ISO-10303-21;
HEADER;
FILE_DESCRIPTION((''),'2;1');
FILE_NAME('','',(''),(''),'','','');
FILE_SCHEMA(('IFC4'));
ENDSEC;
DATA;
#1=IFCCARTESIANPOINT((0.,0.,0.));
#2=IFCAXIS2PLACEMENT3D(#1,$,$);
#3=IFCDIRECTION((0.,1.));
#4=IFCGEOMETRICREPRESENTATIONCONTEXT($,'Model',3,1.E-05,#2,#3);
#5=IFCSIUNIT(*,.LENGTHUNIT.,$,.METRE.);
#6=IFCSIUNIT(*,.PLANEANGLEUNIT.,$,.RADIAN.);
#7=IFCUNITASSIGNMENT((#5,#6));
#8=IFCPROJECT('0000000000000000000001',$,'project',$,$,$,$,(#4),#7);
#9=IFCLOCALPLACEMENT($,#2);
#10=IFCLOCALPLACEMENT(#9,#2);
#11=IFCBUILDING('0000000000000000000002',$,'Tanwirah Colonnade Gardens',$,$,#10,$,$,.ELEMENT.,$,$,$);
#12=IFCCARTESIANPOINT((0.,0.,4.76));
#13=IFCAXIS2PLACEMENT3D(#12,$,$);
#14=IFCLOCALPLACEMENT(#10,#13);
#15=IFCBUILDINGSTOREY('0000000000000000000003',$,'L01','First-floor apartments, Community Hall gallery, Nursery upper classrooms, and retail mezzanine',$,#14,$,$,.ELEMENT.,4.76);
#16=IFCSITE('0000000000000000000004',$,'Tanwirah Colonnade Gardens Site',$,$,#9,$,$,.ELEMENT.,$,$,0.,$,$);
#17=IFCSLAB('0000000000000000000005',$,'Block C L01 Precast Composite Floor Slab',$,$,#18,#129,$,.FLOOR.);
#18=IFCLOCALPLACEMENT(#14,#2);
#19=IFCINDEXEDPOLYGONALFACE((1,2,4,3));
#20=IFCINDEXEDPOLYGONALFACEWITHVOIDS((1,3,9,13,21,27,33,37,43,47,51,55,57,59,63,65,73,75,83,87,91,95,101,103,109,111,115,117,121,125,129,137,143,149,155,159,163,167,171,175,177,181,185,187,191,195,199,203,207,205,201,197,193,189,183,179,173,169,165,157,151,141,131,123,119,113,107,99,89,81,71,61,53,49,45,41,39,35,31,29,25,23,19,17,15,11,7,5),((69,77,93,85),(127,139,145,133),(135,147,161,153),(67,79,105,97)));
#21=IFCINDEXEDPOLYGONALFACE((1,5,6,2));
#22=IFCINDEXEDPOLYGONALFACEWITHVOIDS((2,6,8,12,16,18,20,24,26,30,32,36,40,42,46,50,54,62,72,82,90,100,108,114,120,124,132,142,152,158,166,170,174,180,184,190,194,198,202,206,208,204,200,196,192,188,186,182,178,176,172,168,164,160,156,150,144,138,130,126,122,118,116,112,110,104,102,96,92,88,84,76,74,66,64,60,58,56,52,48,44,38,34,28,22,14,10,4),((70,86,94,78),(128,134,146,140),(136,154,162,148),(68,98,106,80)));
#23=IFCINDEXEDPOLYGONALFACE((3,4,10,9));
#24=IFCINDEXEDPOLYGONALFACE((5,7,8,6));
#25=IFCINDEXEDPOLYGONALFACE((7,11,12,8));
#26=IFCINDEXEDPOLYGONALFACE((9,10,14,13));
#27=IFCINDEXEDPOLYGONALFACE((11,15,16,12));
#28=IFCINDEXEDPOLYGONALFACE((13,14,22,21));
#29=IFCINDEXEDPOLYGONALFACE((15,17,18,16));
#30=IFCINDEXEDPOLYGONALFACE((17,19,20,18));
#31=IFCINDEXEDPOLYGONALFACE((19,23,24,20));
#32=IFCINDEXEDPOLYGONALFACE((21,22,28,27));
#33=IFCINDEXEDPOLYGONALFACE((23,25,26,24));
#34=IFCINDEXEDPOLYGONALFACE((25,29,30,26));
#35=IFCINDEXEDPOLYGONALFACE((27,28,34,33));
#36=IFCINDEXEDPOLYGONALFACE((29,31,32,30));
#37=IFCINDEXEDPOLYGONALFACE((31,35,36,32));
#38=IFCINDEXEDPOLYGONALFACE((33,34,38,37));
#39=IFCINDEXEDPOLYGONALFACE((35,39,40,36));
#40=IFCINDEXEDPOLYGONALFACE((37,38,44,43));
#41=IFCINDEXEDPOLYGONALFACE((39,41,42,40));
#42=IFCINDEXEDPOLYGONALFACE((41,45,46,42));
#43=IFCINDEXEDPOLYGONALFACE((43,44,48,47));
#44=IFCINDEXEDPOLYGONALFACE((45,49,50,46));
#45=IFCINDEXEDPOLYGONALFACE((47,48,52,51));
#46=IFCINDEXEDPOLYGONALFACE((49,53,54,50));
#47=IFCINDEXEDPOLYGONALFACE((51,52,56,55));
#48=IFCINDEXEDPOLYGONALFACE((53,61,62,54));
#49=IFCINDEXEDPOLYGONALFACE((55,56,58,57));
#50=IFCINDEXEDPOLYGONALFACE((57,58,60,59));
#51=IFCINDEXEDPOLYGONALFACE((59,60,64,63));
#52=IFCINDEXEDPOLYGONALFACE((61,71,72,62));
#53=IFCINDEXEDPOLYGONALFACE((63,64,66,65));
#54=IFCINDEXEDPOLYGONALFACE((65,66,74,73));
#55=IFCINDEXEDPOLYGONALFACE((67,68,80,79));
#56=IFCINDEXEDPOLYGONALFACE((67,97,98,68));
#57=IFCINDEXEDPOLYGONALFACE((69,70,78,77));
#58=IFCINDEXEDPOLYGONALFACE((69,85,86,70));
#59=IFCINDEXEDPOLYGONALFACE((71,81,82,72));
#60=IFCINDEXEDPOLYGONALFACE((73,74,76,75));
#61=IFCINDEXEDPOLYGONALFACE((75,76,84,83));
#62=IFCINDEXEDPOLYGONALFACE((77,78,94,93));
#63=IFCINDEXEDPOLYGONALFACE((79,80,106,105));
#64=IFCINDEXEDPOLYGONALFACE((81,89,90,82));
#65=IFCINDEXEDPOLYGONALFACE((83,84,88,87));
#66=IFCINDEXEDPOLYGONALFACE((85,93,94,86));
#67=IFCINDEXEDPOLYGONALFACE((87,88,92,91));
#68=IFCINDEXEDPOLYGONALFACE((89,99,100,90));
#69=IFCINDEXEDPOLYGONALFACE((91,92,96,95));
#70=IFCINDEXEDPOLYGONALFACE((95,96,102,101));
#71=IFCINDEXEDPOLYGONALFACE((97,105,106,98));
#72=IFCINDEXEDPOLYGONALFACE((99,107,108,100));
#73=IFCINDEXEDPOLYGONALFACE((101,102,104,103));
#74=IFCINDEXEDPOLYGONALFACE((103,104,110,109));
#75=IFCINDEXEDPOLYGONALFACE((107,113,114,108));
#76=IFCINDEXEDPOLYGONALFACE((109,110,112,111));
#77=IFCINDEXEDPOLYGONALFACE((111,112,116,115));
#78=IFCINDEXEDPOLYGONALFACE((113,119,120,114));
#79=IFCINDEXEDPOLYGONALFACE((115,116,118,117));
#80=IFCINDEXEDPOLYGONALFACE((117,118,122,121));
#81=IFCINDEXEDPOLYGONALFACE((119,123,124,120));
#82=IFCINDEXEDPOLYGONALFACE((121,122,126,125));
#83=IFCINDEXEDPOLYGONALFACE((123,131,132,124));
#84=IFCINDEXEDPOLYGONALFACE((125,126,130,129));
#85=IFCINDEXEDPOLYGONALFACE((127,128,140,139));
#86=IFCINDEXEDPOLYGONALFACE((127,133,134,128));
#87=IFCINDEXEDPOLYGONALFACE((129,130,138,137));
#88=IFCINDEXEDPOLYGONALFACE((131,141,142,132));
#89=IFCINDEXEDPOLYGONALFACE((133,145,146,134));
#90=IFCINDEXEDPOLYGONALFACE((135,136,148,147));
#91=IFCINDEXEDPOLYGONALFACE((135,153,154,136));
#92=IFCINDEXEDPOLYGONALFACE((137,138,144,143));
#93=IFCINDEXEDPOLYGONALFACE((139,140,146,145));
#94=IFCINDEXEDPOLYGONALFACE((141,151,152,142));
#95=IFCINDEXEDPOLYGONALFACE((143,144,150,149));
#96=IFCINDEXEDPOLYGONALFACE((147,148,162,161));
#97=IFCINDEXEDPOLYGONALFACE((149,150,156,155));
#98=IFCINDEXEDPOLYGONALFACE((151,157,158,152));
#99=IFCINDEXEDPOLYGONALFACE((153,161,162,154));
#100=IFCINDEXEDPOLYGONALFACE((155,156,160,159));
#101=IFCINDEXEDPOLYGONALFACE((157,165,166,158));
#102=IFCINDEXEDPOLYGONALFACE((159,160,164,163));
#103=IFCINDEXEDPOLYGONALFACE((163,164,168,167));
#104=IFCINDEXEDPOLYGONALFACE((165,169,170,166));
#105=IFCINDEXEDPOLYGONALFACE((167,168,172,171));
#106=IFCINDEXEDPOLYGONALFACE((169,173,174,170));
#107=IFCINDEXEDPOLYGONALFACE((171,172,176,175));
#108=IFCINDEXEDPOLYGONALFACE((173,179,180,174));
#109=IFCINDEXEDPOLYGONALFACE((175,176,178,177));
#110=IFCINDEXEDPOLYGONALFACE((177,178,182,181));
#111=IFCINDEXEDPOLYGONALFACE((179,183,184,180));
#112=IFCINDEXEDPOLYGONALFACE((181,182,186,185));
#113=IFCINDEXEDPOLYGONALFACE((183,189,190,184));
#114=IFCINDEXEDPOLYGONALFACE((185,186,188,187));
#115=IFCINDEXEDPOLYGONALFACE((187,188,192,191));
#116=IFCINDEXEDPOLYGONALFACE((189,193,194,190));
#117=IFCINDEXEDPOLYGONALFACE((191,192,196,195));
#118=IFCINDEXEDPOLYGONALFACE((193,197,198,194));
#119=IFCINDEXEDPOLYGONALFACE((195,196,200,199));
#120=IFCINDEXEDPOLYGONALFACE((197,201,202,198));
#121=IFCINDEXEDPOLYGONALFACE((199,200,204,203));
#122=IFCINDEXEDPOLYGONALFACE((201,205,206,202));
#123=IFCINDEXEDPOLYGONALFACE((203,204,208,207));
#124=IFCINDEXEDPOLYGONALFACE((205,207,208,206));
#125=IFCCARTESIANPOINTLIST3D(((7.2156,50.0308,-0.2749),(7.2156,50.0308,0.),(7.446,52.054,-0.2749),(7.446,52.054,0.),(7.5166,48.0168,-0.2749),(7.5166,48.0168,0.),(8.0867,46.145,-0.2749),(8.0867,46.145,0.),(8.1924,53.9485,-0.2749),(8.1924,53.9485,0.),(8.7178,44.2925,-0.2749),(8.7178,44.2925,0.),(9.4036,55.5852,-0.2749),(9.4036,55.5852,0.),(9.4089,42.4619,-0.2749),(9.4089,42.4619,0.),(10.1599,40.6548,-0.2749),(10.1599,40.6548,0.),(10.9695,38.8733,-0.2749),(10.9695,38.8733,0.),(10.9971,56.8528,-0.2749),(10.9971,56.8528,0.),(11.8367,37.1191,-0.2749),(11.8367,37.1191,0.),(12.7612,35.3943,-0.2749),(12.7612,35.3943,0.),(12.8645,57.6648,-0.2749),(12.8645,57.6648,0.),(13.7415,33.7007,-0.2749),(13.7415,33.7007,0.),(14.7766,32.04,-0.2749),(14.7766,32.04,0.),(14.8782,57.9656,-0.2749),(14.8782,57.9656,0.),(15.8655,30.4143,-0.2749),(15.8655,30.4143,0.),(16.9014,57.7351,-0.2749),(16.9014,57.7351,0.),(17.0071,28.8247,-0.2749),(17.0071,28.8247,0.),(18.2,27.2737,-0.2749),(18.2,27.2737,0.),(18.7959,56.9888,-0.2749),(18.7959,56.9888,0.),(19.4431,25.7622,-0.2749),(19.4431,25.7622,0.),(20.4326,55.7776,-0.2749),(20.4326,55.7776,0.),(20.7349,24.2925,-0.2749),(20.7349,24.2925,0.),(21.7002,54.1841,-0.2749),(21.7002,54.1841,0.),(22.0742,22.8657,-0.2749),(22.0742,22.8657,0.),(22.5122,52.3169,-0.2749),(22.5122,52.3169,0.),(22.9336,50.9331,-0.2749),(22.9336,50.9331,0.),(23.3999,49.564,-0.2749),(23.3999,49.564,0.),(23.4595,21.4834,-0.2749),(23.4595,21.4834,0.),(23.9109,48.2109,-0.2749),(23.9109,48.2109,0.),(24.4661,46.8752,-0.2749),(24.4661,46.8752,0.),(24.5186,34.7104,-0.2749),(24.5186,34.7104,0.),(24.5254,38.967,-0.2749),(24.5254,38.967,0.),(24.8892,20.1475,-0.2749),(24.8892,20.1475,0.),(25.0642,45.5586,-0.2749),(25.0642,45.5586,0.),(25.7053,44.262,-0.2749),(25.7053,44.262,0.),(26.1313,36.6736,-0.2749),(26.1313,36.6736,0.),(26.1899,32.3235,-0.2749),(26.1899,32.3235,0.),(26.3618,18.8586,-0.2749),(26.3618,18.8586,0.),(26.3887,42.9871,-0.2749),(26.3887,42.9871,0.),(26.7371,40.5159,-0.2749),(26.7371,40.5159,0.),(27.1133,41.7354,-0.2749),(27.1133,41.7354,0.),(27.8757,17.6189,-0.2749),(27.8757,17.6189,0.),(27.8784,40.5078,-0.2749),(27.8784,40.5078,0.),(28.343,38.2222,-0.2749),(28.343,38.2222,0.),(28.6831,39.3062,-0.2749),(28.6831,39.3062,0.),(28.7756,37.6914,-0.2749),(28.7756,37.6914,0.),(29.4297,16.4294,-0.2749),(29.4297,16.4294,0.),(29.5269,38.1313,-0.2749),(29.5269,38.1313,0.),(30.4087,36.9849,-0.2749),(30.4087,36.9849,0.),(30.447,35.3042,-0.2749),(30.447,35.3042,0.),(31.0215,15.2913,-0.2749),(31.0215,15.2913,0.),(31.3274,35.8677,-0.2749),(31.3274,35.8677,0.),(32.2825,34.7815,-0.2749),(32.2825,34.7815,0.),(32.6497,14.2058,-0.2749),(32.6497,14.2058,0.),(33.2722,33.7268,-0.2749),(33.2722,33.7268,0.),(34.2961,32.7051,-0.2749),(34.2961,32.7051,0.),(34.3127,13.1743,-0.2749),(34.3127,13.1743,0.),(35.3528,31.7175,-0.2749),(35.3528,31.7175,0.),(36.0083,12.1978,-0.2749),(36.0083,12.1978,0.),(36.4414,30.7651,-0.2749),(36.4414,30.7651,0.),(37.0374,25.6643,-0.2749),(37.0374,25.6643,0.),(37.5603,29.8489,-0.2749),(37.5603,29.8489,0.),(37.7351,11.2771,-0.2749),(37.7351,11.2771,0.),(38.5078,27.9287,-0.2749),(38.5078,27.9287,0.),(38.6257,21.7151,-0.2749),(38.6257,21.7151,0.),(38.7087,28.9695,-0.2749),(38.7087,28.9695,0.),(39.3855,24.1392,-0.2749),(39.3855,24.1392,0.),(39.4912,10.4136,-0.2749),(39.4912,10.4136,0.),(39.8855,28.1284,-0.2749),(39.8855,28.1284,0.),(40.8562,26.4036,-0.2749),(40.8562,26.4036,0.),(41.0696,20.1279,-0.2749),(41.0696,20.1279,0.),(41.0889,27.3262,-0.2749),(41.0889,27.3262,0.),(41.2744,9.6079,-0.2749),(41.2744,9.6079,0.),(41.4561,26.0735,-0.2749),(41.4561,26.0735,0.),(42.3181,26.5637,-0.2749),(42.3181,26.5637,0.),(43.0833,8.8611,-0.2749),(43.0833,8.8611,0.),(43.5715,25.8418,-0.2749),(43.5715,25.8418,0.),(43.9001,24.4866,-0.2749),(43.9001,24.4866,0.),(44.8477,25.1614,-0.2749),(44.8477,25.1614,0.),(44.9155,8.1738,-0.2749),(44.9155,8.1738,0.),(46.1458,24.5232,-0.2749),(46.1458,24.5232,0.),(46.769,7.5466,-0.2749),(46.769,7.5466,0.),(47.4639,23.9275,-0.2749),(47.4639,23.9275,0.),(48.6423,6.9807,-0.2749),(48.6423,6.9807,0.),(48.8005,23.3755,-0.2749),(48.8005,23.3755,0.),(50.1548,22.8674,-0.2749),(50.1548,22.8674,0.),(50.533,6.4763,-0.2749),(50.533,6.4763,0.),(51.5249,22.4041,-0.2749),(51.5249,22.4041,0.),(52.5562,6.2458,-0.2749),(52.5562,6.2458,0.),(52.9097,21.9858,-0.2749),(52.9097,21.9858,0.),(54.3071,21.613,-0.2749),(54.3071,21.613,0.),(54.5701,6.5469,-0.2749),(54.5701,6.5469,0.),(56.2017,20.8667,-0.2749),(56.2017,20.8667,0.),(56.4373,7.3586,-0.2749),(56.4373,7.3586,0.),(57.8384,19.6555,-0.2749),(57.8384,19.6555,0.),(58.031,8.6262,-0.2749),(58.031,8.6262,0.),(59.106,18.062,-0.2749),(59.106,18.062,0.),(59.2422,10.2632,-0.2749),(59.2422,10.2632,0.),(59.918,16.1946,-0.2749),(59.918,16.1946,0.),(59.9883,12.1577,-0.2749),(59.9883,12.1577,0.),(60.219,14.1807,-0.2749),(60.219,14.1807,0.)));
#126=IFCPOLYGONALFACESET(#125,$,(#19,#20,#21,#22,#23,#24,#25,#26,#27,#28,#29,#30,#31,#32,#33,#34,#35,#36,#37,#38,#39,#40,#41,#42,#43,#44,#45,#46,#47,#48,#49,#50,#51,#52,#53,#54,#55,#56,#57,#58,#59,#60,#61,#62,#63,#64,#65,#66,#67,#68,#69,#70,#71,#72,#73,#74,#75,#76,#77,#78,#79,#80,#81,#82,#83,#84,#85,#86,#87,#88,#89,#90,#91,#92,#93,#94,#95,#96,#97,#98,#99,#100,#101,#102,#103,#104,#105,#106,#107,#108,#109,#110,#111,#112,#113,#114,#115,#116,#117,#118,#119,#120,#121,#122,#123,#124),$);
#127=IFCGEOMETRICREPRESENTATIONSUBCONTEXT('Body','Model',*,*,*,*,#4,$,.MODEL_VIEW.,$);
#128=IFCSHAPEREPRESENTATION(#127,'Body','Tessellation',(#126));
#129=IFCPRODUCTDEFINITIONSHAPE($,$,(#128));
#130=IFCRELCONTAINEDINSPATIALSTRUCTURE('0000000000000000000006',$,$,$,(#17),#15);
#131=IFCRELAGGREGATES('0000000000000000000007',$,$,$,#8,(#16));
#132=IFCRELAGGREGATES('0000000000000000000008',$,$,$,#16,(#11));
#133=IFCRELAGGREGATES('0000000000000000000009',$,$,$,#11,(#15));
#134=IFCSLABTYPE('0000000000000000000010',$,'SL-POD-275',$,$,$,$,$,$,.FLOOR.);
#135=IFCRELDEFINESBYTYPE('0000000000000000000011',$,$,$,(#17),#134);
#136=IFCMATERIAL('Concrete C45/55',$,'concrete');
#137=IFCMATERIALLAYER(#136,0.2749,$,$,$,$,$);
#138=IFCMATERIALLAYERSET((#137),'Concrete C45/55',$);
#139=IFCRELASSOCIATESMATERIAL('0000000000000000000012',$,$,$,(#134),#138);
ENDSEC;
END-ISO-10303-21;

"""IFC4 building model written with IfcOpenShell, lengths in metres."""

from ifc_helpers import new_model, si_unit, direction, frame, origin, place, context, subcontext, project, spatial, polyline, outline, extrude, material, layer, layer_set, type_object, element, save


model = new_model("IFC4")

# Units and contexts
model_context = context("Model", 3, precision=1e-05, world=origin(), true_north=direction((0.0, 1.0)))
body_context = subcontext(model_context, "Body", "Model", "MODEL_VIEW")
ifc_project = project(units=[si_unit("LENGTHUNIT", "METRE"), si_unit("PLANEANGLEUNIT", "RADIAN")], contexts=[model_context])

# Site, building, storey
site_placement = place(None, origin())
site = spatial("IfcSite", under=ifc_project, at=site_placement, Name="Tanwirah Colonnade Gardens Site", CompositionType="ELEMENT", RefElevation=0.0)
building_placement = place(site_placement, origin())
building = spatial("IfcBuilding", under=site, at=building_placement, Name="Tanwirah Colonnade Gardens", CompositionType="ELEMENT")
storey_placement = place(building_placement, frame((0.0, 0.0, 4.76)))
storey = spatial("IfcBuildingStorey", under=building, at=storey_placement, Name="L01", Description="First-floor apartments, Community Hall gallery, Nursery upper classrooms, and retail mezzanine", CompositionType="ELEMENT", Elevation=4.76)

# Shared definitions
ifc_material_1 = material(Name="Concrete C45/55", Category="concrete")

# Slab
ifc_layer_1 = layer(ifc_material_1, 0.2749)
ifc_layer_set_1 = layer_set([ifc_layer_1], Name="Concrete C45/55")
slab_type_1 = type_object("IfcSlabType", Name="SL-POD-275", PredefinedType="FLOOR", material=ifc_layer_set_1)
slab_1_placement = place(storey_placement, frame((0.0, 0.0, -0.2749)))
element("IfcSlab", 1, at=slab_1_placement, inside=storey, type_object=slab_type_1, Name="Block C L01 Precast Composite Floor Slab", PredefinedType="FLOOR", context=body_context, shape_type="SweptSolid", body=[
    extrude(outline(polyline([(23.3999, 49.564), (22.9336, 50.9331), (22.5122, 52.3169), (21.7002, 54.1841), (20.4326, 55.7776), (18.7959, 56.9888), (16.9014, 57.7351), (14.8782, 57.9656), (12.8645, 57.6648), (10.9971, 56.8528), (9.4036, 55.5852), (8.1924, 53.9485), (7.446, 52.054), (7.2156, 50.0308), (7.5166, 48.0168), (8.0867, 46.145), (8.7178, 44.2925), (9.4089, 42.4619), (10.1599, 40.6548), (10.9695, 38.8733), (11.8367, 37.1191), (12.7612, 35.3943), (13.7415, 33.7007), (14.7766, 32.04), (15.8655, 30.4143), (17.0071, 28.8247), (18.2, 27.2737), (19.4431, 25.7622), (20.7349, 24.2925), (22.0742, 22.8657), (23.4595, 21.4834), (24.8892, 20.1475), (26.3618, 18.8586), (27.8757, 17.6189), (29.4297, 16.4294), (31.0215, 15.2913), (32.6497, 14.2058), (34.3127, 13.1743), (36.0083, 12.1978), (37.7351, 11.2771), (39.4912, 10.4136), (41.2744, 9.6079), (43.0833, 8.8611), (44.9155, 8.1738), (46.769, 7.5466), (48.6423, 6.9807), (50.533, 6.4763), (52.5562, 6.2458), (54.5701, 6.5469), (56.4373, 7.3586), (58.031, 8.6262), (59.2422, 10.2632), (59.9883, 12.1577), (60.219, 14.1807), (59.918, 16.1946), (59.106, 18.062), (57.8384, 19.6555), (56.2017, 20.8667), (54.3071, 21.613), (52.9097, 21.9858), (51.5249, 22.4041), (50.1548, 22.8674), (48.8005, 23.3755), (47.4639, 23.9275), (46.1458, 24.5232), (44.8477, 25.1614), (43.5715, 25.8418), (42.3181, 26.5637), (41.0889, 27.3262), (39.8855, 28.1284), (38.7087, 28.9695), (37.5603, 29.8489), (36.4414, 30.7651), (35.3528, 31.7175), (34.2961, 32.7051), (33.2722, 33.7268), (32.2825, 34.7815), (31.3274, 35.8677), (30.4087, 36.9849), (29.5269, 38.1313), (28.6831, 39.3062), (27.8784, 40.5078), (27.1133, 41.7354), (26.3887, 42.9871), (25.7053, 44.262), (25.0642, 45.5586), (24.4661, 46.8752), (23.9109, 48.2109), (23.3999, 49.564)]), holes=[polyline([(24.5186, 34.7104), (28.7756, 37.6914), (30.447, 35.3042), (26.1899, 32.3235), (24.5186, 34.7104)]), polyline([(26.7371, 40.5159), (28.343, 38.2222), (26.1313, 36.6736), (24.5254, 38.967), (26.7371, 40.5159)]), polyline([(43.9001, 24.4866), (41.0696, 20.1279), (38.6257, 21.7151), (41.4561, 26.0735), (43.9001, 24.4866)]), polyline([(39.3855, 24.1392), (37.0374, 25.6643), (38.5078, 27.9287), (40.8562, 26.4036), (39.3855, 24.1392)])]), origin(), (0.0, 0.0, 1.0), 0.2749),
])

save(model, "model.ifc")
